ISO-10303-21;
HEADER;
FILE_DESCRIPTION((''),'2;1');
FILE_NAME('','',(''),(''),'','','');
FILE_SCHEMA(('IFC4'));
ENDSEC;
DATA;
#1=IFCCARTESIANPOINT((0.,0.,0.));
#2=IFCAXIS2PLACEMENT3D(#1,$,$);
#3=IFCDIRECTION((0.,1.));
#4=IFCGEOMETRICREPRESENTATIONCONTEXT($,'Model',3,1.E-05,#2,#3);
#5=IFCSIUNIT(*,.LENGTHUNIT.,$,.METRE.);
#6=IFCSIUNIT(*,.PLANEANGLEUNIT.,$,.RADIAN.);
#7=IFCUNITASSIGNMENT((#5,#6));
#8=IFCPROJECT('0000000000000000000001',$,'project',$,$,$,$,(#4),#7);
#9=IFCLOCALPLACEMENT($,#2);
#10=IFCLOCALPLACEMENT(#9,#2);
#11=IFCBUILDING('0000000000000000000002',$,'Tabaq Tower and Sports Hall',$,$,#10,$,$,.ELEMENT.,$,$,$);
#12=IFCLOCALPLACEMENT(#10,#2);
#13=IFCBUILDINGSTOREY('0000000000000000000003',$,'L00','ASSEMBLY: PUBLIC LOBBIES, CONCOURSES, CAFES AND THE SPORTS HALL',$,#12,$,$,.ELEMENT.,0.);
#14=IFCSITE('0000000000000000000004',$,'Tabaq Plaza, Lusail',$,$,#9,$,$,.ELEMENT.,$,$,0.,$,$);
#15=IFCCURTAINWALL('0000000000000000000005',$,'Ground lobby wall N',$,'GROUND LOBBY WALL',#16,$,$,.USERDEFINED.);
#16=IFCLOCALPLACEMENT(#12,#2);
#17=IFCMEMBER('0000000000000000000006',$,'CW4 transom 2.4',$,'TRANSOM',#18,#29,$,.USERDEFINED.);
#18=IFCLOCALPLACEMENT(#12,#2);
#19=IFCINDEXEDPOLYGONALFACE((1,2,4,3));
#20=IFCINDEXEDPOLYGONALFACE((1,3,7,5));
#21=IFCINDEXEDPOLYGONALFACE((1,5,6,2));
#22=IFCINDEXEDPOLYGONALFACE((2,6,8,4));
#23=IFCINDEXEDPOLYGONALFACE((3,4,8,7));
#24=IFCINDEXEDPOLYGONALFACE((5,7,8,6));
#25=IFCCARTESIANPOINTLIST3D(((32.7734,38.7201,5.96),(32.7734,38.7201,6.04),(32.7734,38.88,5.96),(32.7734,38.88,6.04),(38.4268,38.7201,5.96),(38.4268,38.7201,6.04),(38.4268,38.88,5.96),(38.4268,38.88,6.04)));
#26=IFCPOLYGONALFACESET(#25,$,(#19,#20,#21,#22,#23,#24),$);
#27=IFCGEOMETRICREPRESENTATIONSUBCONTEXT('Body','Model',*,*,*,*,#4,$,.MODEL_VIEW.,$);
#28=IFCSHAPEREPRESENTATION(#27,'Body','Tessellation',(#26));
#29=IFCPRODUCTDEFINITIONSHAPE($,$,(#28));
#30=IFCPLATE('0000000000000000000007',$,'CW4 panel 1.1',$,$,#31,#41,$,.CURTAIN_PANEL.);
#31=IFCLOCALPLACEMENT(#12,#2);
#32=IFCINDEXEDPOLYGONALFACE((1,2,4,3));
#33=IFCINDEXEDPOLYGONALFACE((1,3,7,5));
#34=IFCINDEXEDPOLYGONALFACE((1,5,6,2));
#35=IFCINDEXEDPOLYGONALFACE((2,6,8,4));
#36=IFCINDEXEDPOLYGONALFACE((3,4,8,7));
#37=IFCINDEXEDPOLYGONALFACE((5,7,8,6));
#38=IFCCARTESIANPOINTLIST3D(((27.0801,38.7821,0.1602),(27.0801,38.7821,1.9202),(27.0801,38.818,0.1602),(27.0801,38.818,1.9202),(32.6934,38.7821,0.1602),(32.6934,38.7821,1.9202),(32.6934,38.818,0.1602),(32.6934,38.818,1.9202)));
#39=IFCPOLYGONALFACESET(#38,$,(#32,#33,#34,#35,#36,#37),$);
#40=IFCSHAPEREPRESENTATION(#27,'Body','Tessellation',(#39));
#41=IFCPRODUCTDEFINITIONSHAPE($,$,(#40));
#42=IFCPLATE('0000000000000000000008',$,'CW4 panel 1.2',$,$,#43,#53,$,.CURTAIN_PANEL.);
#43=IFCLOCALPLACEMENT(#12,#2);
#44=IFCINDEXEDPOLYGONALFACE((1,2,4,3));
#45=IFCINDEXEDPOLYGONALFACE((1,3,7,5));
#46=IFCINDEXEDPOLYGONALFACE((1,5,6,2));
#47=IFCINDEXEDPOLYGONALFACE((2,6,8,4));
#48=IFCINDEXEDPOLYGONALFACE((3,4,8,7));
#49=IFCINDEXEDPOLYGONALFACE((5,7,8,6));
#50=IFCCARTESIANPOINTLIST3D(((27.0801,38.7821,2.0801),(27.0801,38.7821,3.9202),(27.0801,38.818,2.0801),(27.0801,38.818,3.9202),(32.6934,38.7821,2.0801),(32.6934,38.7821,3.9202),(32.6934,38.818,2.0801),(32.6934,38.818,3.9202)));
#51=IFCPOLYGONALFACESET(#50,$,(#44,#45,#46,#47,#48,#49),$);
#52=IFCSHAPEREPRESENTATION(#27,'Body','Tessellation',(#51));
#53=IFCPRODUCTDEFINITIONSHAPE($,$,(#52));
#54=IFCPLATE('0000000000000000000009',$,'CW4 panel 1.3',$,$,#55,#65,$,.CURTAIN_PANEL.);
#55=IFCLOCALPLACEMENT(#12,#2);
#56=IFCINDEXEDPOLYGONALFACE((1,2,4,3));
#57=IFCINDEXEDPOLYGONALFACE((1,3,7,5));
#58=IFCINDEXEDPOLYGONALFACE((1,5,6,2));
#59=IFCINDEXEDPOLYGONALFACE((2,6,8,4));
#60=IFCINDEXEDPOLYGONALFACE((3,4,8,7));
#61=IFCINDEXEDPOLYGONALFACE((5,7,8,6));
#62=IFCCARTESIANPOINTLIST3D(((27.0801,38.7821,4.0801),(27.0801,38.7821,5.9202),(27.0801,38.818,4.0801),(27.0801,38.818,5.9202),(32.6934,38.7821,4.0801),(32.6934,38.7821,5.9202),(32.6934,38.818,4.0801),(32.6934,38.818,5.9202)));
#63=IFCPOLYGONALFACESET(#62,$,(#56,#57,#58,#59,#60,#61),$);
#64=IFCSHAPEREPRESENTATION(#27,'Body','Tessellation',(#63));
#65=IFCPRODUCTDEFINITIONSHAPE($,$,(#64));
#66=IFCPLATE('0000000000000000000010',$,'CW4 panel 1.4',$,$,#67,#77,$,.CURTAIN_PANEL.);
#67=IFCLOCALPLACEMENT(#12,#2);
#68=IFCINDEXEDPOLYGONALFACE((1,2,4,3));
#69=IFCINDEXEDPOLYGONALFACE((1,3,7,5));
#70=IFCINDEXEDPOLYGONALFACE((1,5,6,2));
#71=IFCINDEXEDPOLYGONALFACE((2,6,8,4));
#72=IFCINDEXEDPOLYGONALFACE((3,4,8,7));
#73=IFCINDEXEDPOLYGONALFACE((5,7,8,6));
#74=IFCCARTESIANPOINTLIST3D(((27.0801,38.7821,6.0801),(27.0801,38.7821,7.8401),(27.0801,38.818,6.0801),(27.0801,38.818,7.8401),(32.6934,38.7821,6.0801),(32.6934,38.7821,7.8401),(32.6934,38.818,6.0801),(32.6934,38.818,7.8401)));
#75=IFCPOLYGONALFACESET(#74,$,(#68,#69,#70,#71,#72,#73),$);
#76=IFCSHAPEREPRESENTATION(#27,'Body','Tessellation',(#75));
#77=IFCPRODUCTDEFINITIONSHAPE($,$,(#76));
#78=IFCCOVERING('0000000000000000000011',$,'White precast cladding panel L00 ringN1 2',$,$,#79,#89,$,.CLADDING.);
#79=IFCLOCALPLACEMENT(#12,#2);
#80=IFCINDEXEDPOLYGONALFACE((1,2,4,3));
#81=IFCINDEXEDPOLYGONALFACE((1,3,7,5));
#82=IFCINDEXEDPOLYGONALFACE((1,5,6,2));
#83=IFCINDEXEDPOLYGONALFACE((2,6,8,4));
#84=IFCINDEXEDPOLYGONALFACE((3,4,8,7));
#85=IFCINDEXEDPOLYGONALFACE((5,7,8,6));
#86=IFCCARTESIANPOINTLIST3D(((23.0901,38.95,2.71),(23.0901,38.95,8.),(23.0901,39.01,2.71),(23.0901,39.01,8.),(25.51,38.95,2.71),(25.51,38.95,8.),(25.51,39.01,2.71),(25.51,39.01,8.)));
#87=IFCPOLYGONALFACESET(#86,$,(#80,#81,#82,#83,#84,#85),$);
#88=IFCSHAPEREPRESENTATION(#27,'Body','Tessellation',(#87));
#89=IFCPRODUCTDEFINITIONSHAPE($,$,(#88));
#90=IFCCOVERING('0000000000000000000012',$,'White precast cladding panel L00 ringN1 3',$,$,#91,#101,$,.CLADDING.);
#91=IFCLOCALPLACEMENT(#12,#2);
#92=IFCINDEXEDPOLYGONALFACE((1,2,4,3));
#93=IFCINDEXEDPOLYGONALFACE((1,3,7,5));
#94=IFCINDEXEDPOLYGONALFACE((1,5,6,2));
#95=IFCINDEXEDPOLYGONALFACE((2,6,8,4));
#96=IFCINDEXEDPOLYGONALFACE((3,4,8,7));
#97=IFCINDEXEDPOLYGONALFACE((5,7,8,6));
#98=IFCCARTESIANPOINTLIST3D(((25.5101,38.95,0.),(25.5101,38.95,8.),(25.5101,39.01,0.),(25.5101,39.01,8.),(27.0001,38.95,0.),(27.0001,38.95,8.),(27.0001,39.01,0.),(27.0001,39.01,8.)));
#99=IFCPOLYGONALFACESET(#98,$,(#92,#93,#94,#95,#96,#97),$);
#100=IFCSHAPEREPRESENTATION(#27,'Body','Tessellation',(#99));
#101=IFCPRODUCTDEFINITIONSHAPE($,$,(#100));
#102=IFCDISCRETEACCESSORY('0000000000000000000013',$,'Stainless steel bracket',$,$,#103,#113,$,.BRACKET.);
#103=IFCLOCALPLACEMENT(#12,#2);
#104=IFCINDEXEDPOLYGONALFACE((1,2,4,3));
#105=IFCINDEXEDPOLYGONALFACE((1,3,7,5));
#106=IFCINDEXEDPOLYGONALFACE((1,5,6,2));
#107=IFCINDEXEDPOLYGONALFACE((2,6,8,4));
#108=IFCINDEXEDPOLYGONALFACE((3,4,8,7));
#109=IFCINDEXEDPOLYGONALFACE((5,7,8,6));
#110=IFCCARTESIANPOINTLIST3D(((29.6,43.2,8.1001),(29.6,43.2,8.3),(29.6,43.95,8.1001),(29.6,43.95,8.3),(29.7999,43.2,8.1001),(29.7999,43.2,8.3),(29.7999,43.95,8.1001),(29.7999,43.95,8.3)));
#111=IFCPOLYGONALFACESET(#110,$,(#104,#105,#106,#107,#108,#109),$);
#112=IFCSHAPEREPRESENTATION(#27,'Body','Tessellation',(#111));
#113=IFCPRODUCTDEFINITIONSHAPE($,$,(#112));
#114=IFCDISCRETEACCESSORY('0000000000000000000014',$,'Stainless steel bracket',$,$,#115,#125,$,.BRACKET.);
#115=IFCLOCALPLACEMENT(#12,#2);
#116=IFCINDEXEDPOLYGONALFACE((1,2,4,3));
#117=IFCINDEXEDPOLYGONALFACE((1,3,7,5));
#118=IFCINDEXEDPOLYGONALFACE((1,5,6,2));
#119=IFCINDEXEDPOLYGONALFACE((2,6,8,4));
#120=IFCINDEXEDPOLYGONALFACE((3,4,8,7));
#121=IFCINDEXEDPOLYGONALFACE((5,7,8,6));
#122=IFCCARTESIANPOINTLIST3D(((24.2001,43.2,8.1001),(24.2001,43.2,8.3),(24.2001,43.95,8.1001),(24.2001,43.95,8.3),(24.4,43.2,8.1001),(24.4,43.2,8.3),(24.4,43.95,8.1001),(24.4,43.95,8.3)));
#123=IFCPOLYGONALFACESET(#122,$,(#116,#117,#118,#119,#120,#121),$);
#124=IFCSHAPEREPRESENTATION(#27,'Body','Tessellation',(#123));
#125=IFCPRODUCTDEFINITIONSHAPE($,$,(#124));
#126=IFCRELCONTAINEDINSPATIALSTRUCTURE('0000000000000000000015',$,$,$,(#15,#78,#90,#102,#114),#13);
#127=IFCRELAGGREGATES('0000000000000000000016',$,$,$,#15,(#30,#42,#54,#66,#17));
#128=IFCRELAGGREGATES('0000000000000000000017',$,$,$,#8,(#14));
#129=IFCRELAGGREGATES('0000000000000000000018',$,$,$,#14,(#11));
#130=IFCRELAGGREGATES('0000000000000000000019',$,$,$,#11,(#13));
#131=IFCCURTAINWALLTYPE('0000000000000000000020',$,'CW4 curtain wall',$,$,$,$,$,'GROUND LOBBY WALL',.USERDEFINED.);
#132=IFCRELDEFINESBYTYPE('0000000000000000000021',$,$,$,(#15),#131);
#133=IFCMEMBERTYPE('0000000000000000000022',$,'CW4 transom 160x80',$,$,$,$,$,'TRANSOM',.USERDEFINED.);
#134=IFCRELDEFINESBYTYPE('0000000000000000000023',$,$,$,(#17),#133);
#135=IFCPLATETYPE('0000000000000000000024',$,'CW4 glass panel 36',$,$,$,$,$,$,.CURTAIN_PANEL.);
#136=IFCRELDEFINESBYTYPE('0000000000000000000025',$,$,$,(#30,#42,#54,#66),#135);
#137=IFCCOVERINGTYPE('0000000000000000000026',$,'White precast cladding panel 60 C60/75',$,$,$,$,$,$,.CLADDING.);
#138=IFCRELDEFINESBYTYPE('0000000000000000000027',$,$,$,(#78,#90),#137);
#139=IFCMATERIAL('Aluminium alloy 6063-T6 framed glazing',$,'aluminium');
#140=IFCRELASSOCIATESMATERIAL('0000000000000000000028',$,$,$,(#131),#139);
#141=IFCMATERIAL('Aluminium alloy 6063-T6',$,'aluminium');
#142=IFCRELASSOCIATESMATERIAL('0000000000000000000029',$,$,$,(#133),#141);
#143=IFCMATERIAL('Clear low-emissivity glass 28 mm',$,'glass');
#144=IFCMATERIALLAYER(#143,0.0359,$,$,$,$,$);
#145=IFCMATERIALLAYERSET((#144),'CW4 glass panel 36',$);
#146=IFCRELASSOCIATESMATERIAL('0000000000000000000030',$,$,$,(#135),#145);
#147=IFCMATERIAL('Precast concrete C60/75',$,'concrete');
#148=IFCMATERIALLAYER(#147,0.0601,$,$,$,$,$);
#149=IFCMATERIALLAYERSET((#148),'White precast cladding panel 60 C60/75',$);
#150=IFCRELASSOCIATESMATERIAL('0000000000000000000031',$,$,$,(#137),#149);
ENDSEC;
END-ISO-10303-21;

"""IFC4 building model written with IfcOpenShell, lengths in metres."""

from ifc_helpers import new_model, si_unit, direction, frame, frame_2d, origin, origin_2d, place, context, subcontext, project, spatial, rectangle, extrude, material, layer, layer_set, material_profile, profile_set, type_object, element, aggregate, save


model = new_model("IFC4")

# Units and contexts
model_context = context("Model", 3, precision=1e-05, world=origin(), true_north=direction((0.0, 1.0)))
body_context = subcontext(model_context, "Body", "Model", "MODEL_VIEW")
ifc_project = project(units=[si_unit("LENGTHUNIT", "METRE"), si_unit("PLANEANGLEUNIT", "RADIAN")], contexts=[model_context])

# Site, building, storey
site_placement = place(None, origin())
site = spatial("IfcSite", under=ifc_project, at=site_placement, Name="Tabaq Plaza, Lusail", CompositionType="ELEMENT", RefElevation=0.0)
building_placement = place(site_placement, origin())
building = spatial("IfcBuilding", under=site, at=building_placement, Name="Tabaq Tower and Sports Hall", CompositionType="ELEMENT")
storey_placement = place(building_placement, origin())
storey = spatial("IfcBuildingStorey", under=building, at=storey_placement, Name="L00", Description="ASSEMBLY: PUBLIC LOBBIES, CONCOURSES, CAFES AND THE SPORTS HALL", CompositionType="ELEMENT", Elevation=0.0)

# Curtain wall, member, plates
ifc_material_1 = material(Name="Aluminium alloy 6063-T6 framed glazing", Category="aluminium")
curtain_wall_type = type_object("IfcCurtainWallType", Name="CW4 curtain wall", ElementType="GROUND LOBBY WALL", PredefinedType="USERDEFINED", material=ifc_material_1)
curtain_wall_placement = place(storey_placement, origin())
curtain_wall = element("IfcCurtainWall", 1, at=curtain_wall_placement, inside=storey, type_object=curtain_wall_type, Name="Ground lobby wall N", ObjectType="GROUND LOBBY WALL", PredefinedType="USERDEFINED")
ifc_material_2 = material(Name="Aluminium alloy 6063-T6", Category="aluminium")
ifc_material_profile_1 = material_profile(ifc_material_2, rectangle(XDim=0.1599, YDim=0.0801, at=origin_2d()), Name="TRANSOM 160x80")
ifc_profile_set_1 = profile_set([ifc_material_profile_1], Name="Aluminium alloy 6063-T6")
member_type_1 = type_object("IfcMemberType", Name="CW4 transom 160x80", ElementType="TRANSOM", PredefinedType="USERDEFINED", material=ifc_profile_set_1)
member_1_placement = place(storey_placement, frame((32.7734, 38.8, 6.0), z_axis=(1.0, 0.0, 0.0), x_axis=(0.0, 1.0, 0.0)))
member_1 = element("IfcMember", 2, at=member_1_placement, type_object=member_type_1, Name="CW4 transom 2.4", ObjectType="TRANSOM", PredefinedType="USERDEFINED", context=body_context, shape_type="SweptSolid", body=[
    extrude(rectangle(XDim=0.1599, YDim=0.0801, at=origin_2d()), origin(), (0.0, 0.0, 1.0), 5.6533),
])
ifc_material_3 = material(Name="Clear low-emissivity glass 28 mm", Category="glass")
ifc_layer_1 = layer(ifc_material_3, 0.0359)
ifc_layer_set_1 = layer_set([ifc_layer_1], Name="CW4 glass panel 36")
plate_type = type_object("IfcPlateType", Name="CW4 glass panel 36", PredefinedType="CURTAIN_PANEL", material=ifc_layer_set_1)
plate_1_placement = place(storey_placement, frame((29.8867, 38.8, 0.1602), z_axis=(0.0, 0.0, 1.0), x_axis=(1.0, 0.0, 0.0)))
plate_1 = element("IfcPlate", 3, at=plate_1_placement, type_object=plate_type, Name="CW4 panel 1.1", PredefinedType="CURTAIN_PANEL", context=body_context, shape_type="SweptSolid", body=[
    extrude(rectangle(XDim=5.6133, YDim=0.0359, at=origin_2d()), origin(), (0.0, 0.0, 1.0), 1.76),
])
plate_2_placement = place(storey_placement, frame((29.8867, 38.8, 2.0801), z_axis=(0.0, 0.0, 1.0), x_axis=(1.0, 0.0, 0.0)))
plate_2 = element("IfcPlate", 4, at=plate_2_placement, type_object=plate_type, Name="CW4 panel 1.2", PredefinedType="CURTAIN_PANEL", context=body_context, shape_type="SweptSolid", body=[
    extrude(rectangle(XDim=5.6133, YDim=0.0359, at=origin_2d()), origin(), (0.0, 0.0, 1.0), 1.8401),
])
plate_3_placement = place(storey_placement, frame((29.8867, 38.8, 4.0801), z_axis=(0.0, 0.0, 1.0), x_axis=(1.0, 0.0, 0.0)))
plate_3 = element("IfcPlate", 5, at=plate_3_placement, type_object=plate_type, Name="CW4 panel 1.3", PredefinedType="CURTAIN_PANEL", context=body_context, shape_type="SweptSolid", body=[
    extrude(rectangle(XDim=5.6133, YDim=0.0359, at=origin_2d()), origin(), (0.0, 0.0, 1.0), 1.8401),
])
plate_4_placement = place(storey_placement, frame((29.8867, 38.8, 6.0801), z_axis=(0.0, 0.0, 1.0), x_axis=(1.0, 0.0, 0.0)))
plate_4 = element("IfcPlate", 6, at=plate_4_placement, type_object=plate_type, Name="CW4 panel 1.4", PredefinedType="CURTAIN_PANEL", context=body_context, shape_type="SweptSolid", body=[
    extrude(rectangle(XDim=5.6133, YDim=0.0359, at=origin_2d()), origin(), (0.0, 0.0, 1.0), 1.76),
])
aggregate(curtain_wall, [plate_1, plate_2, plate_3, plate_4, member_1])

# Coverings
ifc_material_4 = material(Name="Precast concrete C60/75", Category="concrete")
ifc_layer_2 = layer(ifc_material_4, 0.0601)
ifc_layer_set_2 = layer_set([ifc_layer_2], Name="White precast cladding panel 60 C60/75")
covering_type = type_object("IfcCoveringType", Name="White precast cladding panel 60 C60/75", PredefinedType="CLADDING", material=ifc_layer_set_2)
covering_1_placement = place(storey_placement, frame((23.0901, 38.98, 2.71), z_axis=(0.0, 0.0, 1.0), x_axis=(1.0, 0.0, 0.0)))
element("IfcCovering", 7, at=covering_1_placement, inside=storey, type_object=covering_type, Name="White precast cladding panel L00 ringN1 2", PredefinedType="CLADDING", context=body_context, shape_type="SweptSolid", body=[
    extrude(rectangle(XDim=2.4199, YDim=0.0601, at=frame_2d((1.21, 0.0))), origin(), (0.0, 0.0, 1.0), 5.29),
])
covering_2_placement = place(storey_placement, frame((25.51, 38.98, 0.0), z_axis=(0.0, 0.0, 1.0), x_axis=(1.0, 0.0, 0.0)))
element("IfcCovering", 8, at=covering_2_placement, inside=storey, type_object=covering_type, Name="White precast cladding panel L00 ringN1 3", PredefinedType="CLADDING", context=body_context, shape_type="SweptSolid", body=[
    extrude(rectangle(XDim=1.49, YDim=0.0601, at=frame_2d((0.7451, 0.0))), origin(), (0.0, 0.0, 1.0), 8.0),
])

# Discrete accessories
for number, where, z_axis, x_axis, name in (
    (9, (29.7, 43.575, 8.1001), (0.0, 0.0, 1.0), (1.0, 0.0, 0.0), "Stainless steel bracket"),
    (10, (24.3, 43.575, 8.1001), (0.0, 0.0, 1.0), (1.0, 0.0, 0.0), "Stainless steel bracket"),
):
    element("IfcDiscreteAccessory", number, at=place(storey_placement, frame(where, z_axis=z_axis, x_axis=x_axis)), inside=storey, Name=name, PredefinedType="BRACKET", context=body_context, shape_type="SweptSolid", body=[
        extrude(rectangle(XDim=0.2, YDim=0.75, at=origin_2d()), origin(), (0.0, 0.0, 1.0), 0.2),
    ])

save(model, "model.ifc")
